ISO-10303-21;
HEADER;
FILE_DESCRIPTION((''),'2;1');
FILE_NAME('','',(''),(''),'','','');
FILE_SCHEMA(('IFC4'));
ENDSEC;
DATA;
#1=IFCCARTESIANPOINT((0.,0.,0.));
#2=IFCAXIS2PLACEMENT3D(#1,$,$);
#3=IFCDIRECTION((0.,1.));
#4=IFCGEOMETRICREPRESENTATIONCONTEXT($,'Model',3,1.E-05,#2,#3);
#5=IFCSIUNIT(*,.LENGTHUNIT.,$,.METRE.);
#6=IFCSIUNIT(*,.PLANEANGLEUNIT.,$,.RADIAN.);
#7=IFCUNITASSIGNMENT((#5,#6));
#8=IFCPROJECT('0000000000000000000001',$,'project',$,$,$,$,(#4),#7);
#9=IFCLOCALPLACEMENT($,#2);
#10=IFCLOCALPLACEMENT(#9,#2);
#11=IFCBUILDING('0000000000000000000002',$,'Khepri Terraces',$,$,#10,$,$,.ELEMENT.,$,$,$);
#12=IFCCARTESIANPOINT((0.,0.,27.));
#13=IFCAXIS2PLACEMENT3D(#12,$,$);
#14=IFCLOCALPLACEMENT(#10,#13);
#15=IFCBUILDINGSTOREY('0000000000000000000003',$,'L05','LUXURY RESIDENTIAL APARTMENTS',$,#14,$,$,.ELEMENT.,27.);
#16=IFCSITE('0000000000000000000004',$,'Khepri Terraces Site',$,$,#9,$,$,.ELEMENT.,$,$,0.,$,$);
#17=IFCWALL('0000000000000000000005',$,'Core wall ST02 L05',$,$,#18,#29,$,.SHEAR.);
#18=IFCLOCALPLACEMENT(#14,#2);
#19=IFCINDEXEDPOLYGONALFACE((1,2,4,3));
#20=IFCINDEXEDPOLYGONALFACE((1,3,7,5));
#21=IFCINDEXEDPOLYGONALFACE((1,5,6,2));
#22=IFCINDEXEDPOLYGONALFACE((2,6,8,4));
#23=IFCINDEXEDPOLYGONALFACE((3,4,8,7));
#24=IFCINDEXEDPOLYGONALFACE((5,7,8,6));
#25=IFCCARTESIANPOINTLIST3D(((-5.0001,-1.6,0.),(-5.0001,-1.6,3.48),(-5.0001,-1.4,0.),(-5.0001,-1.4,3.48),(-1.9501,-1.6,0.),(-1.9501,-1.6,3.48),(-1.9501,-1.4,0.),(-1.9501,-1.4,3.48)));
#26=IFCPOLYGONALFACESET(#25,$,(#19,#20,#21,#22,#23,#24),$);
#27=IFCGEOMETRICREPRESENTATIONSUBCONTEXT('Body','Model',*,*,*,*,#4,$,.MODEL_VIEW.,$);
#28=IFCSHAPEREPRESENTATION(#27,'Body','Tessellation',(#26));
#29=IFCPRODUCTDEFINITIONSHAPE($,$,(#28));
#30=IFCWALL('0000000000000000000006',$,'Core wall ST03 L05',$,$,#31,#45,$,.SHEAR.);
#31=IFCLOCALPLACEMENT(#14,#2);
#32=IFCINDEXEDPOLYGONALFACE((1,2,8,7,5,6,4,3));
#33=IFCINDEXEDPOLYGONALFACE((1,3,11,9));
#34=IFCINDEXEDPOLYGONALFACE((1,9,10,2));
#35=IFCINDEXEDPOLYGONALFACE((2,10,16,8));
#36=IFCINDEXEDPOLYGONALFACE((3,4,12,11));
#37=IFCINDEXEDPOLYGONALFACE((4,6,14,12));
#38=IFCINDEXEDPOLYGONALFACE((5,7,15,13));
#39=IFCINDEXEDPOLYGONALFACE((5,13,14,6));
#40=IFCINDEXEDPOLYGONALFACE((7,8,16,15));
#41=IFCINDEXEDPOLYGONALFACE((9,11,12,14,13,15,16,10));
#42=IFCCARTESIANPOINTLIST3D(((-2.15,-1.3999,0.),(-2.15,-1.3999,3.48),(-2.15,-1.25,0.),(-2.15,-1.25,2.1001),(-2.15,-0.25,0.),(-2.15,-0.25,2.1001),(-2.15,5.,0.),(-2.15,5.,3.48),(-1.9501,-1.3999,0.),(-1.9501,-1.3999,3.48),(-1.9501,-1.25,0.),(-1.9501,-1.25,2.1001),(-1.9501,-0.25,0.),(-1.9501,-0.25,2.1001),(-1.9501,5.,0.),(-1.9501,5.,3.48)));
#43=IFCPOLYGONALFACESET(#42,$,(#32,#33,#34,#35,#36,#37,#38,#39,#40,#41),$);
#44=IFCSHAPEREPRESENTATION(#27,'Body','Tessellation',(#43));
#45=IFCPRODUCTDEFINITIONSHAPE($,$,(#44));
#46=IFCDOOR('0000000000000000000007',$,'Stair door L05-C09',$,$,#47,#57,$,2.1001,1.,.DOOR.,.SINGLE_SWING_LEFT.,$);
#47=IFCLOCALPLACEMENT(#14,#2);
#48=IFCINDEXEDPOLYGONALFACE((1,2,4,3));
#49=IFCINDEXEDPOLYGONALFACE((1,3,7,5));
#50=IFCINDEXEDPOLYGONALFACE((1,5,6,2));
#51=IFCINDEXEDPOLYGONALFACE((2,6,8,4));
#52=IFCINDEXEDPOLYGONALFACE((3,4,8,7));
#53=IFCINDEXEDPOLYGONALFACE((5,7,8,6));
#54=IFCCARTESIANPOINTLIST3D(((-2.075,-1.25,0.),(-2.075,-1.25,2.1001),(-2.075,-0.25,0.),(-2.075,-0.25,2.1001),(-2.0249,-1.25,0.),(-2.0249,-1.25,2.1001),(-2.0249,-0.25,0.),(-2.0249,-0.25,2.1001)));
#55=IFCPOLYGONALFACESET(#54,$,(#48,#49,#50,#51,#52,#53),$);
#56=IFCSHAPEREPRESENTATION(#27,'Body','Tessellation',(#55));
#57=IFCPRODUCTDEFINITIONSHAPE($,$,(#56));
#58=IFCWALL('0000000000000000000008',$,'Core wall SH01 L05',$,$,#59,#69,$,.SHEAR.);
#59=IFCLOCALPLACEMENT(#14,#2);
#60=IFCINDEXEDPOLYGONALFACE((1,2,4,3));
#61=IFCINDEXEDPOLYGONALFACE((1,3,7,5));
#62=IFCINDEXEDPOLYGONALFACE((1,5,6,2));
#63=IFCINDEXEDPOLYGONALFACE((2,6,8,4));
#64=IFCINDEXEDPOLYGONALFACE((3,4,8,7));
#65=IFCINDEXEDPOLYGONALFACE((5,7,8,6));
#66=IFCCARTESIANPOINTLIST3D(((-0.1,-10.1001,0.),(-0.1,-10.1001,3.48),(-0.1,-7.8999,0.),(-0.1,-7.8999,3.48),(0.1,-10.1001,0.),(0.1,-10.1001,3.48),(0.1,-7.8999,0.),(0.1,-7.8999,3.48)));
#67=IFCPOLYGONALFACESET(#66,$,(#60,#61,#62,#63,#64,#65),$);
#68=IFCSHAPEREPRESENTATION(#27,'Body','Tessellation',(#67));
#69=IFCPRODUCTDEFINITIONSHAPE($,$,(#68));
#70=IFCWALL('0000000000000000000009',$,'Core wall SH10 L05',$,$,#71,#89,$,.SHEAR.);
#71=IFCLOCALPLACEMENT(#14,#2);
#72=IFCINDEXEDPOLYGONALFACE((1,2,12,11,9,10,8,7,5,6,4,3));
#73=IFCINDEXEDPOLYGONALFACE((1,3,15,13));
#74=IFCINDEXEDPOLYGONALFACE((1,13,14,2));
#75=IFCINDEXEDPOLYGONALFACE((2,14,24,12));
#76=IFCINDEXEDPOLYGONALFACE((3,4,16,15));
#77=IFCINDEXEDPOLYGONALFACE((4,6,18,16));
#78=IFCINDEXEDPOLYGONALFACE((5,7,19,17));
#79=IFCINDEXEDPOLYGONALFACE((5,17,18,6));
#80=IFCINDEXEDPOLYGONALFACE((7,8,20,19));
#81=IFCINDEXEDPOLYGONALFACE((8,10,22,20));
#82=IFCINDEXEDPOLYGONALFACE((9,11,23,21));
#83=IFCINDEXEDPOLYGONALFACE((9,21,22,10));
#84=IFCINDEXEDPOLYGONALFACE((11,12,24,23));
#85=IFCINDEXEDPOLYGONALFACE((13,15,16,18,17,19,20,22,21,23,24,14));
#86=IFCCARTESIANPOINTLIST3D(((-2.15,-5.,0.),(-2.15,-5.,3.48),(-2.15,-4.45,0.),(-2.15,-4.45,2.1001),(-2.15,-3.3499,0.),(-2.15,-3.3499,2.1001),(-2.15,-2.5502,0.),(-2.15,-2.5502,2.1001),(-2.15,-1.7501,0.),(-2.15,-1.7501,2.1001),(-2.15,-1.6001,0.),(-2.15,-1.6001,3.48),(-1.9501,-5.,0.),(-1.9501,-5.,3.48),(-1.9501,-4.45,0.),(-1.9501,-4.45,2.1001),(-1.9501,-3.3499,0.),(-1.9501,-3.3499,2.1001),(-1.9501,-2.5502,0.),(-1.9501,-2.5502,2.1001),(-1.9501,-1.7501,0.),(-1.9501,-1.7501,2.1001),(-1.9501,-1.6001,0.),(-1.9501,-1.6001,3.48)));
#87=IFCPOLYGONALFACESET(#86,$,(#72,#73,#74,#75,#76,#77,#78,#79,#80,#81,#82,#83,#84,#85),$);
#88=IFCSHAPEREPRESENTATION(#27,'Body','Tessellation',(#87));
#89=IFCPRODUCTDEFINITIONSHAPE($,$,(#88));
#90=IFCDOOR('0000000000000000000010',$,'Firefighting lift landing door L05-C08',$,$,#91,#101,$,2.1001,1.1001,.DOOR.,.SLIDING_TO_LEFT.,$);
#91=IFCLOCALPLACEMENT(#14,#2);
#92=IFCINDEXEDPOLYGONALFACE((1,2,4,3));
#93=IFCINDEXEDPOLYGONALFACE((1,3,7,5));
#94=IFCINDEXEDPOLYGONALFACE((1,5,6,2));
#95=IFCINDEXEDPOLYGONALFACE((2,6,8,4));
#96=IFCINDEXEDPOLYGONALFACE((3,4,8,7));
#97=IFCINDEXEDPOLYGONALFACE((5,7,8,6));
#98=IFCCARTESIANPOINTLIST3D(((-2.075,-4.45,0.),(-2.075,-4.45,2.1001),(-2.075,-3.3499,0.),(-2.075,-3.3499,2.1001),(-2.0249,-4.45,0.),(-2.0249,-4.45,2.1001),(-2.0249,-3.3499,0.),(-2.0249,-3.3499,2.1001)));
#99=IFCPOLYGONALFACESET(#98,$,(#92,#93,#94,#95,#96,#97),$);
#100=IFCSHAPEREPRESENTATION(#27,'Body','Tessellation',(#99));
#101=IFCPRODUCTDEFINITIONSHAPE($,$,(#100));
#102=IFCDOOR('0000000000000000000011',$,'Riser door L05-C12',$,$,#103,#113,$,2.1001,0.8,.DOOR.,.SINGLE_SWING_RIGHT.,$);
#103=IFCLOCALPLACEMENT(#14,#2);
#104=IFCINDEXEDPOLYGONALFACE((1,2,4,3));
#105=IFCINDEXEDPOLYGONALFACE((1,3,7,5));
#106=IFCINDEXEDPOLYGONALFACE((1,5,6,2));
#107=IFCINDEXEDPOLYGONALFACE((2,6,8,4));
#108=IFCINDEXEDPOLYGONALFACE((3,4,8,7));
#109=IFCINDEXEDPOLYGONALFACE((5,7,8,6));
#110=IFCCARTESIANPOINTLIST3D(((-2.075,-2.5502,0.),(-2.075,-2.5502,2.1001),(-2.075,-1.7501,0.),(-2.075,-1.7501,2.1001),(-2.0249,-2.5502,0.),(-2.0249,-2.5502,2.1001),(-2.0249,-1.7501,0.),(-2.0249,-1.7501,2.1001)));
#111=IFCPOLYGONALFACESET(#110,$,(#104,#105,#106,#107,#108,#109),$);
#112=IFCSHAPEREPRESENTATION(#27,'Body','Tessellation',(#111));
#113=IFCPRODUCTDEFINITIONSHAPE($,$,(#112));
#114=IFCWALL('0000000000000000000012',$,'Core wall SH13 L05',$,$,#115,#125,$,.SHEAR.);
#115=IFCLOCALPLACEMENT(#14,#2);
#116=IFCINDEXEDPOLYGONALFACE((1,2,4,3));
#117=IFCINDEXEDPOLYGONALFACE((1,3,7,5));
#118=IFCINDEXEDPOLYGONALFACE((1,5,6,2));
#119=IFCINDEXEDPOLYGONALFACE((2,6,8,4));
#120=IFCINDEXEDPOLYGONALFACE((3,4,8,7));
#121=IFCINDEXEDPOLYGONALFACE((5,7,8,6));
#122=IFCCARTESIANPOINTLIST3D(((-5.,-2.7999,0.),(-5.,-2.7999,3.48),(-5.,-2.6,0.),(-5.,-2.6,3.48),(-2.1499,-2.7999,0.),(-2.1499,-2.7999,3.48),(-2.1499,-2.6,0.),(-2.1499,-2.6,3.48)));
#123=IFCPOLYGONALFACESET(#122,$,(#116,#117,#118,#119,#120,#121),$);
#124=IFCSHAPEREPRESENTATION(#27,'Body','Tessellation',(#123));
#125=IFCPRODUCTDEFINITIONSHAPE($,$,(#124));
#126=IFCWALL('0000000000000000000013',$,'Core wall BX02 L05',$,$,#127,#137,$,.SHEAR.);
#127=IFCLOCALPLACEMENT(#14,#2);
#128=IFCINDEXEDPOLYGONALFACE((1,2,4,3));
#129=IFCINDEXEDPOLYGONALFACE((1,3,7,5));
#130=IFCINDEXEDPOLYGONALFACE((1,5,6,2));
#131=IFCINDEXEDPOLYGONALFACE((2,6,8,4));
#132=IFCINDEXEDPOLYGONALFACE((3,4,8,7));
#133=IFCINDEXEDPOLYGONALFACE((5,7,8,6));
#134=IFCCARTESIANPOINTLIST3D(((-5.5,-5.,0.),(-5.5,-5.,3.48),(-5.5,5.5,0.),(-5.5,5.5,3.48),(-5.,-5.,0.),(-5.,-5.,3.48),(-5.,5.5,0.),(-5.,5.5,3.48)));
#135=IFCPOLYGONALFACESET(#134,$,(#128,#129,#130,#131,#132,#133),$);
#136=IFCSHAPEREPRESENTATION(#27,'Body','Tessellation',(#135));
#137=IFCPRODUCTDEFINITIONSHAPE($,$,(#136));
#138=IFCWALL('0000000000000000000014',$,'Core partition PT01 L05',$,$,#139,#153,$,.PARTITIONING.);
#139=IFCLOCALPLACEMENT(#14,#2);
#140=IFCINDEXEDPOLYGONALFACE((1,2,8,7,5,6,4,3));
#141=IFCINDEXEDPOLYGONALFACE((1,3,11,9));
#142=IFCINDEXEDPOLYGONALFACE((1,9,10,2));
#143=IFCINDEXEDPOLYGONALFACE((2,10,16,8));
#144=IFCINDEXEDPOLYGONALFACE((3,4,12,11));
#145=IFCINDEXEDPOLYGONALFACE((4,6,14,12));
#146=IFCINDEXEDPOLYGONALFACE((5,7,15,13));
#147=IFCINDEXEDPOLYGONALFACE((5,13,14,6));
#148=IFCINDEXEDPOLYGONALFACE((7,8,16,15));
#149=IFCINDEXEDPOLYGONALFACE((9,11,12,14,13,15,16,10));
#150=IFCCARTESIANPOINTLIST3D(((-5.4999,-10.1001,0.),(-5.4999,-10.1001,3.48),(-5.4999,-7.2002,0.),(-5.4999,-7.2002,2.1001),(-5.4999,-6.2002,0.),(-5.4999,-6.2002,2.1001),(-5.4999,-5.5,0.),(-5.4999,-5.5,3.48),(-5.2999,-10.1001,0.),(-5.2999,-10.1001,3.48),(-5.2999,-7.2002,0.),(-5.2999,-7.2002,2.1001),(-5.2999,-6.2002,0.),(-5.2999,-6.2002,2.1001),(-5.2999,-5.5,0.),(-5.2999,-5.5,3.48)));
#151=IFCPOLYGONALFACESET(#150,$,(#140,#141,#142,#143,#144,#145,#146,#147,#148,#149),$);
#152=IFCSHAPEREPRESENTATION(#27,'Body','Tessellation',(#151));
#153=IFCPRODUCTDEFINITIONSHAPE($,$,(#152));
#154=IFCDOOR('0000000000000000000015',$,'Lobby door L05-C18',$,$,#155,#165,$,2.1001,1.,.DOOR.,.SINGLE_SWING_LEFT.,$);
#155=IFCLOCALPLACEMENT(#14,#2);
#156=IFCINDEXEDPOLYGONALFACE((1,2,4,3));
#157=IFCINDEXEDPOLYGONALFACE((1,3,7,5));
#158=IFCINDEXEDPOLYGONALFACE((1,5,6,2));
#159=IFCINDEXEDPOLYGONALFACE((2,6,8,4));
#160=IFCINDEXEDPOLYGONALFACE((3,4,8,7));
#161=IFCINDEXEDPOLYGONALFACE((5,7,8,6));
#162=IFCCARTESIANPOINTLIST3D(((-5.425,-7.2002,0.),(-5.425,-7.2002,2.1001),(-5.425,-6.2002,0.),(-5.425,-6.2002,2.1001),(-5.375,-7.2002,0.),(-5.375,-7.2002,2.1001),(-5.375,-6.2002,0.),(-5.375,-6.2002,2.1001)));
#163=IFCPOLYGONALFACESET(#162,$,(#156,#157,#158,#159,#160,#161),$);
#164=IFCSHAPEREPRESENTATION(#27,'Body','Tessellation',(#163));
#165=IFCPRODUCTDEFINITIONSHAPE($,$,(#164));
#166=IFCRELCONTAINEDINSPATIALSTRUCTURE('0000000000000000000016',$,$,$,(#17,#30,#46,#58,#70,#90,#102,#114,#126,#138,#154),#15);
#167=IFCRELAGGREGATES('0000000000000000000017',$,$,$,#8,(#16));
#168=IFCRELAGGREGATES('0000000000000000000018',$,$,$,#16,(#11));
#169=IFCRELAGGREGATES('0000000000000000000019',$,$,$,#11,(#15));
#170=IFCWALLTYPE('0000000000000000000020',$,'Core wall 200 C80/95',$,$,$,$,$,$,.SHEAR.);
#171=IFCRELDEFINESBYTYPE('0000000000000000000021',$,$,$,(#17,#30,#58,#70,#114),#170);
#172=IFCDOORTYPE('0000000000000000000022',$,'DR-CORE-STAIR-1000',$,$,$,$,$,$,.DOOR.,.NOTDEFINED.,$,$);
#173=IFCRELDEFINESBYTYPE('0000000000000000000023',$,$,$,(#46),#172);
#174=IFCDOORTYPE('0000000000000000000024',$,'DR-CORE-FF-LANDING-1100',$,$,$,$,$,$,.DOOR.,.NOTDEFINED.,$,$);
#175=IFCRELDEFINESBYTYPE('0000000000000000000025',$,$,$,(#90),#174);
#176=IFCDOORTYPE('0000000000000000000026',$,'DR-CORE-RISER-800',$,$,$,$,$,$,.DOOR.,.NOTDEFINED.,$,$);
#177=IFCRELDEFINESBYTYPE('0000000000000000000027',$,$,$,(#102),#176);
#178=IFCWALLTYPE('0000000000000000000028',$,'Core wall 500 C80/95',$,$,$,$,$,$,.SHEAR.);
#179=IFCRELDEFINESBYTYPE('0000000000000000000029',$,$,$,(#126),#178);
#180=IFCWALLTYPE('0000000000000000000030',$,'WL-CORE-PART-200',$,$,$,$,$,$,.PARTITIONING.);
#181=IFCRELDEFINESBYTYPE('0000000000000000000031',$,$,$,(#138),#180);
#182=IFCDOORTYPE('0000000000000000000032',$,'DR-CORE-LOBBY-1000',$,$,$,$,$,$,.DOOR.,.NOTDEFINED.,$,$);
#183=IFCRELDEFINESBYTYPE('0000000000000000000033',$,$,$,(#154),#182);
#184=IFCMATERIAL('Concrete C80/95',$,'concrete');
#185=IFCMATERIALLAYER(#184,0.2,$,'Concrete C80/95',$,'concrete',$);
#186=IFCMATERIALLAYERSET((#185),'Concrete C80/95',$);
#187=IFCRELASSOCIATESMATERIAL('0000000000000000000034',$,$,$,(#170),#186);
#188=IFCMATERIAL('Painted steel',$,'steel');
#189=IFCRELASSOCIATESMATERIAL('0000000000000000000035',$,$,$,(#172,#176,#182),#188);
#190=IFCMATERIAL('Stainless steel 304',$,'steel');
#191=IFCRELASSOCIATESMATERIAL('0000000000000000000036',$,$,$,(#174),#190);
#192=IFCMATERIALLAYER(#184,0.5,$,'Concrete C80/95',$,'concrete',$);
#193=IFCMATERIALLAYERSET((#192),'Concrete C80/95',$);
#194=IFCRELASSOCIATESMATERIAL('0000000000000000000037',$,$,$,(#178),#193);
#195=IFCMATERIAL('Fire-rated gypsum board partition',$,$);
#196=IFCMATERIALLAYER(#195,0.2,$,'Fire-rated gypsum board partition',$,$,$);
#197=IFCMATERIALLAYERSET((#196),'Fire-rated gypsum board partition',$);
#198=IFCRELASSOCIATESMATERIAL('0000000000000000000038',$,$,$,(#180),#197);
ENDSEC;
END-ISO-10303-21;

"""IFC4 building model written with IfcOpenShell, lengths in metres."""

from ifc_helpers import new_model, si_unit, direction, frame, frame_2d, origin, place, context, subcontext, project, spatial, rectangle, extrude, material, layer, layer_set, type_object, element, fill, save


model = new_model("IFC4")

# Units and contexts
model_context = context("Model", 3, precision=1e-05, world=origin(), true_north=direction((0.0, 1.0)))
body_context = subcontext(model_context, "Body", "Model", "MODEL_VIEW")
ifc_project = project(units=[si_unit("LENGTHUNIT", "METRE"), si_unit("PLANEANGLEUNIT", "RADIAN")], contexts=[model_context])

# Site, building, storey
site_placement = place(None, origin())
site = spatial("IfcSite", under=ifc_project, at=site_placement, Name="Khepri Terraces Site", CompositionType="ELEMENT", RefElevation=0.0)
building_placement = place(site_placement, origin())
building = spatial("IfcBuilding", under=site, at=building_placement, Name="Khepri Terraces", CompositionType="ELEMENT")
storey_placement = place(building_placement, frame((0.0, 0.0, 27.0)))
storey = spatial("IfcBuildingStorey", under=building, at=storey_placement, Name="L05", Description="LUXURY RESIDENTIAL APARTMENTS", CompositionType="ELEMENT", Elevation=27.0)

# Wall
ifc_material_1 = material(Name="Concrete C80/95", Category="concrete")
ifc_layer_1 = layer(ifc_material_1, 0.2, Name="Concrete C80/95", Category="concrete")
ifc_layer_set_1 = layer_set([ifc_layer_1], Name="Concrete C80/95")
wall_type_1 = type_object("IfcWallType", Name="Core wall 200 C80/95", PredefinedType="SHEAR", material=ifc_layer_set_1)
wall_1_placement = place(storey_placement, frame((-5.0, -1.5, 0.0), z_axis=(0.0, 0.0, 1.0), x_axis=(1.0, 0.0, 0.0)))
element("IfcWall", 1, at=wall_1_placement, inside=storey, type_object=wall_type_1, Name="Core wall ST02 L05", PredefinedType="SHEAR", context=body_context, shape_type="SweptSolid", body=[
    extrude(rectangle(XDim=3.05, YDim=0.2, at=frame_2d((1.5249, 0.0))), origin(), (0.0, 0.0, 1.0), 3.48),
])

# Wall, opening, door
wall_2_placement = place(storey_placement, frame((-2.05, -1.3999, 0.0), z_axis=(0.0, 0.0, 1.0), x_axis=(0.0, 1.0, 0.0)))
wall_2 = element("IfcWall", 2, at=wall_2_placement, inside=storey, type_object=wall_type_1, Name="Core wall ST03 L05", PredefinedType="SHEAR", context=body_context, shape_type="SweptSolid", body=[
    extrude(rectangle(XDim=6.3999, YDim=0.2, at=frame_2d((3.2, 0.0))), origin(), (0.0, 0.0, 1.0), 3.48),
])
opening_1_placement = place(wall_2_placement, frame((0.1499, 0.0, 0.0)))
opening_1 = element("IfcOpeningElement", 3, at=opening_1_placement, cuts=wall_2, PredefinedType="OPENING", context=body_context, shape_type="SweptSolid", body=[
    extrude(rectangle(XDim=1.0, YDim=2.1001, at=frame_2d((0.5, 1.05))), frame((0.0, 0.1099, 0.0), z_axis=(0.0, -1.0, 0.0), x_axis=(1.0, 0.0, 0.0)), (0.0, 0.0, 1.0), 0.22),
])
ifc_material_2 = material(Name="Painted steel", Category="steel")
door_type_1 = type_object("IfcDoorType", Name="DR-CORE-STAIR-1000", OperationType="NOTDEFINED", PredefinedType="DOOR", material=ifc_material_2)
door_1_placement = place(opening_1_placement, origin())
door_1 = element("IfcDoor", 4, at=door_1_placement, inside=storey, type_object=door_type_1, Name="Stair door L05-C09", OperationType="SINGLE_SWING_LEFT", OverallHeight=2.1001, OverallWidth=1.0, PredefinedType="DOOR", context=body_context, shape_type="SweptSolid", body=[
    extrude(rectangle(XDim=1.0, YDim=2.1001, at=frame_2d((0.5, 1.05))), frame((0.0, 0.0249, 0.0), z_axis=(0.0, -1.0, 0.0), x_axis=(1.0, 0.0, 0.0)), (0.0, 0.0, 1.0), 0.05),
])
fill(opening_1, door_1)

# Wall
wall_3_placement = place(storey_placement, frame((0.0, -10.1001, 0.0), z_axis=(0.0, 0.0, 1.0), x_axis=(0.0, 1.0, 0.0)))
element("IfcWall", 5, at=wall_3_placement, inside=storey, type_object=wall_type_1, Name="Core wall SH01 L05", PredefinedType="SHEAR", context=body_context, shape_type="SweptSolid", body=[
    extrude(rectangle(XDim=2.2002, YDim=0.2, at=frame_2d((1.1001, 0.0))), origin(), (0.0, 0.0, 1.0), 3.48),
])

# Wall, openings, doors
wall_4_placement = place(storey_placement, frame((-2.05, -5.0, 0.0), z_axis=(0.0, 0.0, 1.0), x_axis=(0.0, 1.0, 0.0)))
wall_4 = element("IfcWall", 6, at=wall_4_placement, inside=storey, type_object=wall_type_1, Name="Core wall SH10 L05", PredefinedType="SHEAR", context=body_context, shape_type="SweptSolid", body=[
    extrude(rectangle(XDim=3.3999, YDim=0.2, at=frame_2d((1.7, 0.0))), origin(), (0.0, 0.0, 1.0), 3.48),
])
opening_2_placement = place(wall_4_placement, frame((0.55, 0.0, 0.0)))
opening_2 = element("IfcOpeningElement", 7, at=opening_2_placement, cuts=wall_4, PredefinedType="OPENING", context=body_context, shape_type="SweptSolid", body=[
    extrude(rectangle(XDim=1.1001, YDim=2.1001, at=frame_2d((0.55, 1.05))), frame((0.0, 0.1099, 0.0), z_axis=(0.0, -1.0, 0.0), x_axis=(1.0, 0.0, 0.0)), (0.0, 0.0, 1.0), 0.22),
])
opening_3_placement = place(wall_4_placement, frame((2.45, 0.0, 0.0)))
opening_3 = element("IfcOpeningElement", 8, at=opening_3_placement, cuts=wall_4, PredefinedType="OPENING", context=body_context, shape_type="SweptSolid", body=[
    extrude(rectangle(XDim=0.8, YDim=2.1001, at=frame_2d((0.3999, 1.05))), frame((0.0, 0.1099, 0.0), z_axis=(0.0, -1.0, 0.0), x_axis=(1.0, 0.0, 0.0)), (0.0, 0.0, 1.0), 0.22),
])
ifc_material_3 = material(Name="Stainless steel 304", Category="steel")
door_type_2 = type_object("IfcDoorType", Name="DR-CORE-FF-LANDING-1100", OperationType="NOTDEFINED", PredefinedType="DOOR", material=ifc_material_3)
door_2_placement = place(opening_2_placement, origin())
door_2 = element("IfcDoor", 9, at=door_2_placement, inside=storey, type_object=door_type_2, Name="Firefighting lift landing door L05-C08", OperationType="SLIDING_TO_LEFT", OverallHeight=2.1001, OverallWidth=1.1001, PredefinedType="DOOR", context=body_context, shape_type="SweptSolid", body=[
    extrude(rectangle(XDim=1.1001, YDim=2.1001, at=frame_2d((0.55, 1.05))), frame((0.0, 0.0249, 0.0), z_axis=(0.0, -1.0, 0.0), x_axis=(1.0, 0.0, 0.0)), (0.0, 0.0, 1.0), 0.05),
])
fill(opening_2, door_2)
door_type_3 = type_object("IfcDoorType", Name="DR-CORE-RISER-800", OperationType="NOTDEFINED", PredefinedType="DOOR", material=ifc_material_2)
door_3_placement = place(opening_3_placement, origin())
door_3 = element("IfcDoor", 10, at=door_3_placement, inside=storey, type_object=door_type_3, Name="Riser door L05-C12", OperationType="SINGLE_SWING_RIGHT", OverallHeight=2.1001, OverallWidth=0.8, PredefinedType="DOOR", context=body_context, shape_type="SweptSolid", body=[
    extrude(rectangle(XDim=0.8, YDim=2.1001, at=frame_2d((0.3999, 1.05))), frame((0.0, 0.0249, 0.0), z_axis=(0.0, -1.0, 0.0), x_axis=(1.0, 0.0, 0.0)), (0.0, 0.0, 1.0), 0.05),
])
fill(opening_3, door_3)

# Walls
wall_5_placement = place(storey_placement, frame((-5.0, -2.7, 0.0), z_axis=(0.0, 0.0, 1.0), x_axis=(1.0, 0.0, 0.0)))
element("IfcWall", 11, at=wall_5_placement, inside=storey, type_object=wall_type_1, Name="Core wall SH13 L05", PredefinedType="SHEAR", context=body_context, shape_type="SweptSolid", body=[
    extrude(rectangle(XDim=2.8501, YDim=0.2, at=frame_2d((1.425, 0.0))), origin(), (0.0, 0.0, 1.0), 3.48),
])
ifc_layer_2 = layer(ifc_material_1, 0.5, Name="Concrete C80/95", Category="concrete")
ifc_layer_set_2 = layer_set([ifc_layer_2], Name="Concrete C80/95")
wall_type_2 = type_object("IfcWallType", Name="Core wall 500 C80/95", PredefinedType="SHEAR", material=ifc_layer_set_2)
wall_6_placement = place(storey_placement, frame((-5.25, -5.0, 0.0), z_axis=(0.0, 0.0, 1.0), x_axis=(0.0, 1.0, 0.0)))
element("IfcWall", 12, at=wall_6_placement, inside=storey, type_object=wall_type_2, Name="Core wall BX02 L05", PredefinedType="SHEAR", context=body_context, shape_type="SweptSolid", body=[
    extrude(rectangle(XDim=10.5, YDim=0.5, at=frame_2d((5.25, 0.0))), origin(), (0.0, 0.0, 1.0), 3.48),
])

# Wall, opening, door
ifc_material_4 = material(Name="Fire-rated gypsum board partition")
ifc_layer_3 = layer(ifc_material_4, 0.2, Name="Fire-rated gypsum board partition")
ifc_layer_set_3 = layer_set([ifc_layer_3], Name="Fire-rated gypsum board partition")
wall_type_3 = type_object("IfcWallType", Name="WL-CORE-PART-200", PredefinedType="PARTITIONING", material=ifc_layer_set_3)
wall_7_placement = place(storey_placement, frame((-5.3999, -10.1001, 0.0), z_axis=(0.0, 0.0, 1.0), x_axis=(0.0, 1.0, 0.0)))
wall_7 = element("IfcWall", 13, at=wall_7_placement, inside=storey, type_object=wall_type_3, Name="Core partition PT01 L05", PredefinedType="PARTITIONING", context=body_context, shape_type="SweptSolid", body=[
    extrude(rectangle(XDim=4.6001, YDim=0.2, at=frame_2d((2.3, 0.0))), origin(), (0.0, 0.0, 1.0), 3.48),
])
opening_4_placement = place(wall_7_placement, frame((2.8999, 0.0, 0.0)))
opening_4 = element("IfcOpeningElement", 14, at=opening_4_placement, cuts=wall_7, PredefinedType="OPENING", context=body_context, shape_type="SweptSolid", body=[
    extrude(rectangle(XDim=1.0, YDim=2.1001, at=frame_2d((0.5, 1.05))), frame((0.0, 0.1099, 0.0), z_axis=(0.0, -1.0, 0.0), x_axis=(1.0, 0.0, 0.0)), (0.0, 0.0, 1.0), 0.22),
])
door_type_4 = type_object("IfcDoorType", Name="DR-CORE-LOBBY-1000", OperationType="NOTDEFINED", PredefinedType="DOOR", material=ifc_material_2)
door_4_placement = place(opening_4_placement, frame((1.0, 0.0, 0.0), z_axis=(0.0, 0.0, 1.0), x_axis=(-1.0, 0.0, 0.0)))
door_4 = element("IfcDoor", 15, at=door_4_placement, inside=storey, type_object=door_type_4, Name="Lobby door L05-C18", OperationType="SINGLE_SWING_LEFT", OverallHeight=2.1001, OverallWidth=1.0, PredefinedType="DOOR", context=body_context, shape_type="SweptSolid", body=[
    extrude(rectangle(XDim=1.0, YDim=2.1001, at=frame_2d((0.5, 1.05))), frame((0.0, 0.0249, 0.0), z_axis=(0.0, -1.0, 0.0), x_axis=(1.0, 0.0, 0.0)), (0.0, 0.0, 1.0), 0.05),
])
fill(opening_4, door_4)

save(model, "model.ifc")
